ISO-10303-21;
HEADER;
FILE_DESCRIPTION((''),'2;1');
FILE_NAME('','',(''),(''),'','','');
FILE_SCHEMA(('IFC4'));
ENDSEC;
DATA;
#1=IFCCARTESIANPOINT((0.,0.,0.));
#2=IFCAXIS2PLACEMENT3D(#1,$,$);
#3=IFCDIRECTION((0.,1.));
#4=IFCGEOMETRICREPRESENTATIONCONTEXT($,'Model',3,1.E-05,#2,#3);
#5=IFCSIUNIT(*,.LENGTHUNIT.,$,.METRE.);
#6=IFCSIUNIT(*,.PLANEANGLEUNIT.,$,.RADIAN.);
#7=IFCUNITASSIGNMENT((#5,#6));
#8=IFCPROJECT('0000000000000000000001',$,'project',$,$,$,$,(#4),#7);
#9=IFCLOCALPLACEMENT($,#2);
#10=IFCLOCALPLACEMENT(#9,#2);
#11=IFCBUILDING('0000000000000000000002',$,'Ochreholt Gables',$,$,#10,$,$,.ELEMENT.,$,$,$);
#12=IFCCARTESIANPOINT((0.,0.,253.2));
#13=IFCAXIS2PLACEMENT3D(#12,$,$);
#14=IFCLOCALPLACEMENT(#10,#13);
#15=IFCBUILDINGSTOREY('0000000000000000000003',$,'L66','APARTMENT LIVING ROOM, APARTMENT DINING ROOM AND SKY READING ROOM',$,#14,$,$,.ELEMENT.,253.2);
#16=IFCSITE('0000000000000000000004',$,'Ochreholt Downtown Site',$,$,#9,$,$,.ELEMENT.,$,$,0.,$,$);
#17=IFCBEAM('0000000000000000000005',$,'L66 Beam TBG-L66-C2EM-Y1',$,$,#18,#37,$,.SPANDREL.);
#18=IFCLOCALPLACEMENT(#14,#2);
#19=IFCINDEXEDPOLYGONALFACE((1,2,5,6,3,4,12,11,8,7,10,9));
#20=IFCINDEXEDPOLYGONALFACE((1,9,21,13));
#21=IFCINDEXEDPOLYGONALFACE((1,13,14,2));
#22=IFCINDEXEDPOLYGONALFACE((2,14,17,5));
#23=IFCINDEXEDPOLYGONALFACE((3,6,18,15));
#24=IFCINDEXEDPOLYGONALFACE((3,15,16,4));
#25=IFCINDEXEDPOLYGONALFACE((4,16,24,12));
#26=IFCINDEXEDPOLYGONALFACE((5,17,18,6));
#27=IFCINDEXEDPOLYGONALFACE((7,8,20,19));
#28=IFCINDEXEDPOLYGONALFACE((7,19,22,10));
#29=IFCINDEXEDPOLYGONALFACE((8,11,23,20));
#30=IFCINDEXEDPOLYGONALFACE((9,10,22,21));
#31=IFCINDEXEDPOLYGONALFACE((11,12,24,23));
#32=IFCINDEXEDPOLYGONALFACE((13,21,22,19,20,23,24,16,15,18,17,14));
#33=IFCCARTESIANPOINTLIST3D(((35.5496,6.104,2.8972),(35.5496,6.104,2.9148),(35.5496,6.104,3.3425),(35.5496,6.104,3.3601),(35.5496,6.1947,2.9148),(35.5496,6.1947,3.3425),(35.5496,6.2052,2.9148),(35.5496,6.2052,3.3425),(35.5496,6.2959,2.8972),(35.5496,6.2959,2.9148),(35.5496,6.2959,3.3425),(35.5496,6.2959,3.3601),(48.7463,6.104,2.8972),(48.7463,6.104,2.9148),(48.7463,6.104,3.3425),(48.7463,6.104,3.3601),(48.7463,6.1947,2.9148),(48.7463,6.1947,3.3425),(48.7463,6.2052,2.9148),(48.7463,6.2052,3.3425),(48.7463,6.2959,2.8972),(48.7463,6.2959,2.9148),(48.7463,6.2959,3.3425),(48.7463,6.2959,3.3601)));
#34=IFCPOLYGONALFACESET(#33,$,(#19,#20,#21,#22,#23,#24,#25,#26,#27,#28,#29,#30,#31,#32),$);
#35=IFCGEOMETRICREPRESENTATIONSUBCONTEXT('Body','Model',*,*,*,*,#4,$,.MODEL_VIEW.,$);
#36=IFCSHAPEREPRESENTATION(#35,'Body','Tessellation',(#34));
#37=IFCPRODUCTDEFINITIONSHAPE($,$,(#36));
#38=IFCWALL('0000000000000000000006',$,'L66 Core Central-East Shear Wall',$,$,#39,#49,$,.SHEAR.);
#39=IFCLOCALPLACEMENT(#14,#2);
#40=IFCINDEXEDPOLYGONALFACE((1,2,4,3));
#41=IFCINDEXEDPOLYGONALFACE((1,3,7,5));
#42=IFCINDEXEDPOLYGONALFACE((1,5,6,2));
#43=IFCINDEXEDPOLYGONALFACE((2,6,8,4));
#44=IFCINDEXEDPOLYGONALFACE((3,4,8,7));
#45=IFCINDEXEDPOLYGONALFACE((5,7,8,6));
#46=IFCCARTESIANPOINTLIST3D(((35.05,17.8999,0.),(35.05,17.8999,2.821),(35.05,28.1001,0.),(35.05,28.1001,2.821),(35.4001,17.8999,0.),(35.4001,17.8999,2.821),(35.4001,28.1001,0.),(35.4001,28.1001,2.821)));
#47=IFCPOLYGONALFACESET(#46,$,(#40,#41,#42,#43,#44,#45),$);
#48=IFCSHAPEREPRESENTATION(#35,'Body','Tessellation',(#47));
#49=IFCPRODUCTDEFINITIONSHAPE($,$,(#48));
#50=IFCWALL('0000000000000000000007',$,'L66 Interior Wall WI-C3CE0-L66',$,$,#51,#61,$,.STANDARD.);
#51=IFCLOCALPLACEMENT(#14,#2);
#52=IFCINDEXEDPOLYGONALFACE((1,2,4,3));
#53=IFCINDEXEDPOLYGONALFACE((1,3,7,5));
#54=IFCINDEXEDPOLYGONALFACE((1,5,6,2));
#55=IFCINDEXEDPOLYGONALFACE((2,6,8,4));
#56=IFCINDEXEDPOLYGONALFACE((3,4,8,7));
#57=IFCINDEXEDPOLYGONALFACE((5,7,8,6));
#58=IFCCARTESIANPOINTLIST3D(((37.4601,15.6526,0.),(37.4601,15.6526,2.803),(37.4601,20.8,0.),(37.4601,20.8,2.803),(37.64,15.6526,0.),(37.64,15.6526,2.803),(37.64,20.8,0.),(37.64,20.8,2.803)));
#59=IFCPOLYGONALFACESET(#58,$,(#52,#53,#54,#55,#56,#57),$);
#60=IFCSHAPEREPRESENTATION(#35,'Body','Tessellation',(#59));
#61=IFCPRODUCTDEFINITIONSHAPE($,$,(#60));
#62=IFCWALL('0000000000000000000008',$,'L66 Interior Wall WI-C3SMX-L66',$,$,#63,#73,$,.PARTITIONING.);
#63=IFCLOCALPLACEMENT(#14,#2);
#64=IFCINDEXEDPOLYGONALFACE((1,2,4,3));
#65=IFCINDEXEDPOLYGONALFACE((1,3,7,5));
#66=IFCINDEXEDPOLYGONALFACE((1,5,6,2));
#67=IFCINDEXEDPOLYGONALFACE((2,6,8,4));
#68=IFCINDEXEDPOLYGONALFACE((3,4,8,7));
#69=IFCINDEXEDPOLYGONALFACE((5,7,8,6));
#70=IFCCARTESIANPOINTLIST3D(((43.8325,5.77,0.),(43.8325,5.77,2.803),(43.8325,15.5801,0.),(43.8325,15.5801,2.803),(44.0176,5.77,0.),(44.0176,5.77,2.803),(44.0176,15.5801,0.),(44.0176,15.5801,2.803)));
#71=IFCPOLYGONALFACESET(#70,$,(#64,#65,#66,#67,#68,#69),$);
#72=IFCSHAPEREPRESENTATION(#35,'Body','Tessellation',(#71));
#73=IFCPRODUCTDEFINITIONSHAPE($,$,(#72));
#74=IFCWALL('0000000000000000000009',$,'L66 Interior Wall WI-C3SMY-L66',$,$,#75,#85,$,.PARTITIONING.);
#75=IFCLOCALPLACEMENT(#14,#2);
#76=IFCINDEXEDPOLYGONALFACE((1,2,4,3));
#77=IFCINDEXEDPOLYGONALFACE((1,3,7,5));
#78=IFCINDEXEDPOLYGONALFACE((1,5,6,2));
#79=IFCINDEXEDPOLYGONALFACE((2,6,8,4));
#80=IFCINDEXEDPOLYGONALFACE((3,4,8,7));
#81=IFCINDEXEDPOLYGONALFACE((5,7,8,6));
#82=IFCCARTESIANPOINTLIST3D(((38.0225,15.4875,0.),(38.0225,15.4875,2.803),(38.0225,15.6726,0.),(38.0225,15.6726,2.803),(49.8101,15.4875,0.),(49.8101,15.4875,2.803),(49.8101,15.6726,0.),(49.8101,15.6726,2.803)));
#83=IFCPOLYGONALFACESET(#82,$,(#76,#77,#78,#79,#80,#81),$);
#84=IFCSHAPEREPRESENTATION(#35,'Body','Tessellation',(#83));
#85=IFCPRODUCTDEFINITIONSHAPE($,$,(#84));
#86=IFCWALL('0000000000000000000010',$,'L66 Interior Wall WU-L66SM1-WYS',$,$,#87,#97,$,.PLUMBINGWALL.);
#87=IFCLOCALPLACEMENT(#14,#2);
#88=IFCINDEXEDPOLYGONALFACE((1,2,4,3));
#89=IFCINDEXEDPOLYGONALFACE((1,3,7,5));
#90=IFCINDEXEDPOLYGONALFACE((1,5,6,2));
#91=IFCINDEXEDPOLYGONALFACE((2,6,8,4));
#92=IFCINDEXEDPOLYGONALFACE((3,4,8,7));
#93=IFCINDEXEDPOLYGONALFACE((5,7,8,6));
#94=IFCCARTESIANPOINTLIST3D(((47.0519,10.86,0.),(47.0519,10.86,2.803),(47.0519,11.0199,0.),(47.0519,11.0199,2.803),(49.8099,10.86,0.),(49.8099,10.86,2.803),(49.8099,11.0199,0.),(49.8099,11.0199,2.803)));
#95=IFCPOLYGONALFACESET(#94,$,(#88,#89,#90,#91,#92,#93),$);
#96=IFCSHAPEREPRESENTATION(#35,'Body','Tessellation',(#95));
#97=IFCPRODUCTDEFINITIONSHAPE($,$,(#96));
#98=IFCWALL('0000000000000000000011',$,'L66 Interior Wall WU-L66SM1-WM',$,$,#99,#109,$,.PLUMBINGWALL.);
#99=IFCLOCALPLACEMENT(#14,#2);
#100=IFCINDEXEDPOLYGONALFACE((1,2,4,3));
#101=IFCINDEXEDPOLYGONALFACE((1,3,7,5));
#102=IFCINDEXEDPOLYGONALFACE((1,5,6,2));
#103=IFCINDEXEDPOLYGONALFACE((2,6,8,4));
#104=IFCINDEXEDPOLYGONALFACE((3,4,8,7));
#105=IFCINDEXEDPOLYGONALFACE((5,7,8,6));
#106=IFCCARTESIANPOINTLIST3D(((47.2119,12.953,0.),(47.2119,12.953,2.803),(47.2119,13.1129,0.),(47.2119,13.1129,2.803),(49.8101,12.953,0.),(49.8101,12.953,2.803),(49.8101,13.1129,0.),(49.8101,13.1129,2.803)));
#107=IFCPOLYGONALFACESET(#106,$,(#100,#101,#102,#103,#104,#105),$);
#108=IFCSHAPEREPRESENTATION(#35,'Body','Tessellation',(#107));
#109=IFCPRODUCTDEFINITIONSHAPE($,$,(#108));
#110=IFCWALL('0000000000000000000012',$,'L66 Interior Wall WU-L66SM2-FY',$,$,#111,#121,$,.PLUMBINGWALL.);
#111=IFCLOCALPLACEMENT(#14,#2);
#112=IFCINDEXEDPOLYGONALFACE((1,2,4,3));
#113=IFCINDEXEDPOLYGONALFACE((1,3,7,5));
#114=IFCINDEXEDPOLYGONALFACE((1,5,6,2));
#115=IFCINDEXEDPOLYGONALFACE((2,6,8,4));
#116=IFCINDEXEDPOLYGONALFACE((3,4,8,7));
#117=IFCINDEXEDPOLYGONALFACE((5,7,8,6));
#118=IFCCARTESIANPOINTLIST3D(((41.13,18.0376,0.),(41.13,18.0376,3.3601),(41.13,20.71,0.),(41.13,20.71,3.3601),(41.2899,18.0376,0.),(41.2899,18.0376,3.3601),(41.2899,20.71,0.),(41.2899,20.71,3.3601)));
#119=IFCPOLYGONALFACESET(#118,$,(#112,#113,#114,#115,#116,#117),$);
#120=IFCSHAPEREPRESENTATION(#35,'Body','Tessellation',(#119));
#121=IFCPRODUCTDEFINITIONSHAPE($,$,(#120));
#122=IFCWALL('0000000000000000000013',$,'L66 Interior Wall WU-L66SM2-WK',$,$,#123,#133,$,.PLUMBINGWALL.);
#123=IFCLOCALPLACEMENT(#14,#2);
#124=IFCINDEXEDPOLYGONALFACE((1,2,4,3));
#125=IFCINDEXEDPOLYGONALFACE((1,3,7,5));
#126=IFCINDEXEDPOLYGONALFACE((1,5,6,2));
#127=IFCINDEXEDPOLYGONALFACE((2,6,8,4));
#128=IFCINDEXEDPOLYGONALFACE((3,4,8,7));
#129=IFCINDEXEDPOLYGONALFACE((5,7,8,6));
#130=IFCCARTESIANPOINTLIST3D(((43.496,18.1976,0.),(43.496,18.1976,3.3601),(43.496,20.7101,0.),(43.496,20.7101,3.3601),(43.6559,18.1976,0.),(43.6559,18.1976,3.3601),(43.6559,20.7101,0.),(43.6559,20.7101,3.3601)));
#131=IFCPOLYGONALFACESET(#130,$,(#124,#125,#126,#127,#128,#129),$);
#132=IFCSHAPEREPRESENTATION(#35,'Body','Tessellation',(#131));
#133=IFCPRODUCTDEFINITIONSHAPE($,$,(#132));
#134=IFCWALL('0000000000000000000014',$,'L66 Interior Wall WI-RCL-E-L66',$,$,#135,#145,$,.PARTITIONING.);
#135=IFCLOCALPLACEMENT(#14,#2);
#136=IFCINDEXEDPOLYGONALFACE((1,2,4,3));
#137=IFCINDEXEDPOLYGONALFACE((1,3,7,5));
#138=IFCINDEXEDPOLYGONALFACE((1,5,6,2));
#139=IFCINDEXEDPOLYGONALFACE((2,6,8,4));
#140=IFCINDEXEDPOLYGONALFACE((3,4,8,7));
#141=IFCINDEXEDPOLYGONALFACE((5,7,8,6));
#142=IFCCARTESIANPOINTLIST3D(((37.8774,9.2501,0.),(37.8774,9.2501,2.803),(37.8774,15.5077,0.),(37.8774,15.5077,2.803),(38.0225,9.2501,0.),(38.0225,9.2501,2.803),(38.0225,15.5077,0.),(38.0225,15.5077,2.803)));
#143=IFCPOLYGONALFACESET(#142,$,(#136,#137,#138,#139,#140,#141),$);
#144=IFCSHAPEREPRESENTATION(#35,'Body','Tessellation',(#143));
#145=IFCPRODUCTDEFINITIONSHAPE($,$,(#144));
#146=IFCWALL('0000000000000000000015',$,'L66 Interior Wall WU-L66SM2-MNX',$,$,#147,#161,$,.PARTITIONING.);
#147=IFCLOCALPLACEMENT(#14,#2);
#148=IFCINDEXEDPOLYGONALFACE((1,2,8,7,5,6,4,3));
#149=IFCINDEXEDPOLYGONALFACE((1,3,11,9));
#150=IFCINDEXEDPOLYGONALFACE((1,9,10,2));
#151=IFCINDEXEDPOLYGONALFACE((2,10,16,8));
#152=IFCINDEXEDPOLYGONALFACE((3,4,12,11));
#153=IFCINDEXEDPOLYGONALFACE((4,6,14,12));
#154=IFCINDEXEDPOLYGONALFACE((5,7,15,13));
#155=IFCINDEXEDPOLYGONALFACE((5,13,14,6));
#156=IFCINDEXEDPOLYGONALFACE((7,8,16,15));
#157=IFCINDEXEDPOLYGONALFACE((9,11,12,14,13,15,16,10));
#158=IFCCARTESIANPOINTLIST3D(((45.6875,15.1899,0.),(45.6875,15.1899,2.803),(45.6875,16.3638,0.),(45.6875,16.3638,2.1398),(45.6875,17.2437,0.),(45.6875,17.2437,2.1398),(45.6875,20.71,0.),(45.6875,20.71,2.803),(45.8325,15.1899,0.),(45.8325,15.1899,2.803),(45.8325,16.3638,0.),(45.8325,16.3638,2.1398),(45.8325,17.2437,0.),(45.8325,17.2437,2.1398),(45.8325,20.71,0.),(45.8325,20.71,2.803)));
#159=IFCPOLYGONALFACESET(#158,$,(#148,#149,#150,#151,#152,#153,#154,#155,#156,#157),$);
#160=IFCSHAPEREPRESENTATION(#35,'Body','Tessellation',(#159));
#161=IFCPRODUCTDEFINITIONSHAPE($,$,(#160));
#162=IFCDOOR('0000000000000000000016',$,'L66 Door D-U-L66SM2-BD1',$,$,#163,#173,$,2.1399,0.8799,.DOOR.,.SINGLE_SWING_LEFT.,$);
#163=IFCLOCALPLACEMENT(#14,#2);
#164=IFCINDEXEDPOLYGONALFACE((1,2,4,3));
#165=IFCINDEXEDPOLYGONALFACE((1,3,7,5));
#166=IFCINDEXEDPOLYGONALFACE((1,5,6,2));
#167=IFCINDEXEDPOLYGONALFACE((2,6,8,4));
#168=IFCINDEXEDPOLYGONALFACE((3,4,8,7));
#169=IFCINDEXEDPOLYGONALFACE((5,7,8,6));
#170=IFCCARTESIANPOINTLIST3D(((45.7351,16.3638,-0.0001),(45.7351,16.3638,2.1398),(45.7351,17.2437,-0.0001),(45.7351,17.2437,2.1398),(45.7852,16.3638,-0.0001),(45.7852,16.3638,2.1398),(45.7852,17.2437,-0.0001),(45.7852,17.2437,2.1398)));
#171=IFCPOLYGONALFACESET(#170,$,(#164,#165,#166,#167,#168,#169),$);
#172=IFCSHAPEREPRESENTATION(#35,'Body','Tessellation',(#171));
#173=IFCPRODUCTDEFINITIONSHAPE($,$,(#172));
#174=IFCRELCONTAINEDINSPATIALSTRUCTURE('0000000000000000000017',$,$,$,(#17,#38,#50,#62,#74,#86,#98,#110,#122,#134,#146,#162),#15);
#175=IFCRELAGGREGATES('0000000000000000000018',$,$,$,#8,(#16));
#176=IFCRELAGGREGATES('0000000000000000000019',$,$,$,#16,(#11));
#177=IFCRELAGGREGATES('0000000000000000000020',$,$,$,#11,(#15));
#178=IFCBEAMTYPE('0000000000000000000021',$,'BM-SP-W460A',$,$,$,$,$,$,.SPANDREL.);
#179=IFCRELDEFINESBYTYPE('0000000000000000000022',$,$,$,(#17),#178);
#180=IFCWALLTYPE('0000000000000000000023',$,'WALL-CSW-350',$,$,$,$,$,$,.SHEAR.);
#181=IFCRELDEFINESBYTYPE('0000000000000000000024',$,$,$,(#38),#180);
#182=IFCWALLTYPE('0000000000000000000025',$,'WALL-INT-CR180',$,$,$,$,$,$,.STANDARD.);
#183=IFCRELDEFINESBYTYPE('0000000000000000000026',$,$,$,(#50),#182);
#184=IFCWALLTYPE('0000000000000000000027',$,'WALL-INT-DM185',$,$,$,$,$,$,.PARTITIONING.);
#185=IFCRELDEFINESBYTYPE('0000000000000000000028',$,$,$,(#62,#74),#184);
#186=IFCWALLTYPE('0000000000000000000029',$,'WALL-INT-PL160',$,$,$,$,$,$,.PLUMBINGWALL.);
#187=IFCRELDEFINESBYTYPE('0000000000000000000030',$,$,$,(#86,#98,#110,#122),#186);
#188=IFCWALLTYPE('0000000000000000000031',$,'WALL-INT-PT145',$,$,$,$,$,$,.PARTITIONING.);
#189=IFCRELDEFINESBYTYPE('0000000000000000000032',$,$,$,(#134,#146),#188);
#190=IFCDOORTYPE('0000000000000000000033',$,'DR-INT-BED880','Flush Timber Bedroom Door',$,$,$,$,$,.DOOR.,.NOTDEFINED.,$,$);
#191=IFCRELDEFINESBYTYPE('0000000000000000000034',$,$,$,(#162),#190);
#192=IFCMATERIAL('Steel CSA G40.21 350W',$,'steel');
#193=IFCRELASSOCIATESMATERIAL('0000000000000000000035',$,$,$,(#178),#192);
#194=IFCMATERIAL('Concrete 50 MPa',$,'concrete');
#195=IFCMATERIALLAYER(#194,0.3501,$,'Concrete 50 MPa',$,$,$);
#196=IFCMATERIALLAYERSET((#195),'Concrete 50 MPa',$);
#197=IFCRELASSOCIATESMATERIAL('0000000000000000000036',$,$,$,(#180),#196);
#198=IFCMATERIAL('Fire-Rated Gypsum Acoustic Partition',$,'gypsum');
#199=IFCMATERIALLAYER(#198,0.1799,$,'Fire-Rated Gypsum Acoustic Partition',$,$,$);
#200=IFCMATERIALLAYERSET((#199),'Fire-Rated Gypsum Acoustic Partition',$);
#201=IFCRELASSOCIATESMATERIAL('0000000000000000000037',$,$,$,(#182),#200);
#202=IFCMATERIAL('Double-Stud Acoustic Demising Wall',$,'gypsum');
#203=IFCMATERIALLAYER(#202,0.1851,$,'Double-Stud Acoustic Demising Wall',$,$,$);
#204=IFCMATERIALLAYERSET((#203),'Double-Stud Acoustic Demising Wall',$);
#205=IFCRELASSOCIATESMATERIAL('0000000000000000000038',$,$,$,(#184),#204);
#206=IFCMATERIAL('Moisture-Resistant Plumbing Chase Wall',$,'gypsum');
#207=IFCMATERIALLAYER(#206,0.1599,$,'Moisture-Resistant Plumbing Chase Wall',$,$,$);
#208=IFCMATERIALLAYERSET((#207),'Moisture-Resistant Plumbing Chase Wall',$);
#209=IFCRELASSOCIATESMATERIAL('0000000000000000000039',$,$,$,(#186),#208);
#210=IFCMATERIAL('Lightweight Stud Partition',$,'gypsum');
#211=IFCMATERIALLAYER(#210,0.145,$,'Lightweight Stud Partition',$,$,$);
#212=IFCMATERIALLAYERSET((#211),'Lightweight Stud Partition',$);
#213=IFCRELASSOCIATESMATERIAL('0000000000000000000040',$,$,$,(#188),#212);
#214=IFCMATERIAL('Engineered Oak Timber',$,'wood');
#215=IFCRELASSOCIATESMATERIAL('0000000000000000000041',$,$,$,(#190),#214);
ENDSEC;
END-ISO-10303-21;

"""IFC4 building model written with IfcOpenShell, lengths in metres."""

from ifc_helpers import new_model, si_unit, direction, frame, frame_2d, origin, origin_2d, place, context, subcontext, project, spatial, rectangle, i_section, extrude, material, layer, layer_set, material_profile, profile_set, type_object, element, fill, save


model = new_model("IFC4")

# Units and contexts
model_context = context("Model", 3, precision=1e-05, world=origin(), true_north=direction((0.0, 1.0)))
body_context = subcontext(model_context, "Body", "Model", "MODEL_VIEW")
ifc_project = project(units=[si_unit("LENGTHUNIT", "METRE"), si_unit("PLANEANGLEUNIT", "RADIAN")], contexts=[model_context])

# Site, building, storey
site_placement = place(None, origin())
site = spatial("IfcSite", under=ifc_project, at=site_placement, Name="Ochreholt Downtown Site", CompositionType="ELEMENT", RefElevation=0.0)
building_placement = place(site_placement, origin())
building = spatial("IfcBuilding", under=site, at=building_placement, Name="Ochreholt Gables", CompositionType="ELEMENT")
storey_placement = place(building_placement, frame((0.0, 0.0, 253.2)))
storey = spatial("IfcBuildingStorey", under=building, at=storey_placement, Name="L66", Description="APARTMENT LIVING ROOM, APARTMENT DINING ROOM AND SKY READING ROOM", CompositionType="ELEMENT", Elevation=253.2)

# Shared definitions
ifc_material_1 = material(Name="Steel CSA G40.21 350W", Category="steel")

# Beam
ifc_material_profile_1 = material_profile(ifc_material_1, i_section(OverallWidth=0.1919, OverallDepth=0.4629, WebThickness=0.0105, FlangeThickness=0.0176, at=origin_2d()), Name="W460X89")
ifc_profile_set_1 = profile_set([ifc_material_profile_1], Name="Steel CSA G40.21 350W")
beam_type_1 = type_object("IfcBeamType", Name="BM-SP-W460A", PredefinedType="SPANDREL", material=ifc_profile_set_1)
beam_1_placement = place(storey_placement, frame((35.5496, 6.2, 3.1287), z_axis=(1.0, 0.0, 0.0), x_axis=(0.0, 1.0, 0.0)))
element("IfcBeam", 1, at=beam_1_placement, inside=storey, type_object=beam_type_1, Name="L66 Beam TBG-L66-C2EM-Y1", PredefinedType="SPANDREL", context=body_context, shape_type="SweptSolid", body=[
    extrude(i_section(OverallWidth=0.1919, OverallDepth=0.4629, WebThickness=0.0105, FlangeThickness=0.0176, at=origin_2d()), origin(), (0.0, 0.0, 1.0), 13.1968),
])

# Walls
ifc_material_2 = material(Name="Concrete 50 MPa", Category="concrete")
ifc_layer_1 = layer(ifc_material_2, 0.3501, Name="Concrete 50 MPa")
ifc_layer_set_1 = layer_set([ifc_layer_1], Name="Concrete 50 MPa")
wall_type_1 = type_object("IfcWallType", Name="WALL-CSW-350", PredefinedType="SHEAR", material=ifc_layer_set_1)
wall_1_placement = place(storey_placement, frame((35.2251, 17.8999, 0.0), z_axis=(0.0, 0.0, 1.0), x_axis=(0.0, 1.0, 0.0)))
element("IfcWall", 2, at=wall_1_placement, inside=storey, type_object=wall_type_1, Name="L66 Core Central-East Shear Wall", PredefinedType="SHEAR", context=body_context, shape_type="SweptSolid", body=[
    extrude(rectangle(XDim=10.2002, YDim=0.3501, at=frame_2d((5.1001, 0.0))), origin(), (0.0, 0.0, 1.0), 2.821),
])
ifc_material_3 = material(Name="Fire-Rated Gypsum Acoustic Partition", Category="gypsum")
ifc_layer_2 = layer(ifc_material_3, 0.1799, Name="Fire-Rated Gypsum Acoustic Partition")
ifc_layer_set_2 = layer_set([ifc_layer_2], Name="Fire-Rated Gypsum Acoustic Partition")
wall_type_2 = type_object("IfcWallType", Name="WALL-INT-CR180", PredefinedType="STANDARD", material=ifc_layer_set_2)
wall_2_placement = place(storey_placement, frame((37.55, 15.6526, 0.0), z_axis=(0.0, 0.0, 1.0), x_axis=(0.0, 1.0, 0.0)))
element("IfcWall", 3, at=wall_2_placement, inside=storey, type_object=wall_type_2, Name="L66 Interior Wall WI-C3CE0-L66", PredefinedType="STANDARD", context=body_context, shape_type="SweptSolid", body=[
    extrude(rectangle(XDim=5.1475, YDim=0.1799, at=frame_2d((2.5737, 0.0))), origin(), (0.0, 0.0, 1.0), 2.803),
])
ifc_material_4 = material(Name="Double-Stud Acoustic Demising Wall", Category="gypsum")
ifc_layer_3 = layer(ifc_material_4, 0.1851, Name="Double-Stud Acoustic Demising Wall")
ifc_layer_set_3 = layer_set([ifc_layer_3], Name="Double-Stud Acoustic Demising Wall")
wall_type_3 = type_object("IfcWallType", Name="WALL-INT-DM185", PredefinedType="PARTITIONING", material=ifc_layer_set_3)
wall_3_placement = place(storey_placement, frame((43.925, 5.77, 0.0), z_axis=(0.0, 0.0, 1.0), x_axis=(0.0, 1.0, 0.0)))
element("IfcWall", 4, at=wall_3_placement, inside=storey, type_object=wall_type_3, Name="L66 Interior Wall WI-C3SMX-L66", PredefinedType="PARTITIONING", context=body_context, shape_type="SweptSolid", body=[
    extrude(rectangle(XDim=9.8101, YDim=0.1851, at=frame_2d((4.905, 0.0))), origin(), (0.0, 0.0, 1.0), 2.803),
])
wall_4_placement = place(storey_placement, frame((38.0225, 15.5801, 0.0), z_axis=(0.0, 0.0, 1.0), x_axis=(1.0, 0.0, 0.0)))
element("IfcWall", 5, at=wall_4_placement, inside=storey, type_object=wall_type_3, Name="L66 Interior Wall WI-C3SMY-L66", PredefinedType="PARTITIONING", context=body_context, shape_type="SweptSolid", body=[
    extrude(rectangle(XDim=11.7876, YDim=0.1851, at=frame_2d((5.8938, 0.0))), origin(), (0.0, 0.0, 1.0), 2.803),
])
ifc_material_5 = material(Name="Moisture-Resistant Plumbing Chase Wall", Category="gypsum")
ifc_layer_4 = layer(ifc_material_5, 0.1599, Name="Moisture-Resistant Plumbing Chase Wall")
ifc_layer_set_4 = layer_set([ifc_layer_4], Name="Moisture-Resistant Plumbing Chase Wall")
wall_type_4 = type_object("IfcWallType", Name="WALL-INT-PL160", PredefinedType="PLUMBINGWALL", material=ifc_layer_set_4)
wall_5_placement = place(storey_placement, frame((47.052, 10.9399, 0.0), z_axis=(0.0, 0.0, 1.0), x_axis=(1.0, 0.0, 0.0)))
element("IfcWall", 6, at=wall_5_placement, inside=storey, type_object=wall_type_4, Name="L66 Interior Wall WU-L66SM1-WYS", PredefinedType="PLUMBINGWALL", context=body_context, shape_type="SweptSolid", body=[
    extrude(rectangle(XDim=2.7581, YDim=0.1599, at=frame_2d((1.3789, 0.0))), origin(), (0.0, 0.0, 1.0), 2.803),
])

# Shared definitions
ifc_material_6 = material(Name="Engineered Oak Timber", Category="wood")

# Wall
wall_6_placement = place(storey_placement, frame((47.2119, 13.033, 0.0), z_axis=(0.0, 0.0, 1.0), x_axis=(1.0, 0.0, 0.0)))
element("IfcWall", 7, at=wall_6_placement, inside=storey, type_object=wall_type_4, Name="L66 Interior Wall WU-L66SM1-WM", PredefinedType="PLUMBINGWALL", context=body_context, shape_type="SweptSolid", body=[
    extrude(rectangle(XDim=2.5981, YDim=0.1599, at=frame_2d((1.2991, 0.0))), origin(), (0.0, 0.0, 1.0), 2.803),
])

# Walls
wall_7_placement = place(storey_placement, frame((41.21, 18.0376, 0.0), z_axis=(0.0, 0.0, 1.0), x_axis=(0.0, 1.0, 0.0)))
element("IfcWall", 8, at=wall_7_placement, inside=storey, type_object=wall_type_4, Name="L66 Interior Wall WU-L66SM2-FY", PredefinedType="PLUMBINGWALL", context=body_context, shape_type="SweptSolid", body=[
    extrude(rectangle(XDim=2.6724, YDim=0.1599, at=frame_2d((1.3362, 0.0))), origin(), (0.0, 0.0, 1.0), 3.3601),
])
wall_8_placement = place(storey_placement, frame((43.5759, 18.1975, 0.0), z_axis=(0.0, 0.0, 1.0), x_axis=(0.0, 1.0, 0.0)))
element("IfcWall", 9, at=wall_8_placement, inside=storey, type_object=wall_type_4, Name="L66 Interior Wall WU-L66SM2-WK", PredefinedType="PLUMBINGWALL", context=body_context, shape_type="SweptSolid", body=[
    extrude(rectangle(XDim=2.5125, YDim=0.1599, at=frame_2d((1.2563, 0.0))), origin(), (0.0, 0.0, 1.0), 3.3601),
])
ifc_material_7 = material(Name="Lightweight Stud Partition", Category="gypsum")
ifc_layer_5 = layer(ifc_material_7, 0.145, Name="Lightweight Stud Partition")
ifc_layer_set_5 = layer_set([ifc_layer_5], Name="Lightweight Stud Partition")
wall_type_5 = type_object("IfcWallType", Name="WALL-INT-PT145", PredefinedType="PARTITIONING", material=ifc_layer_set_5)
wall_9_placement = place(storey_placement, frame((37.95, 9.25, 0.0), z_axis=(0.0, 0.0, 1.0), x_axis=(0.0, 1.0, 0.0)))
element("IfcWall", 10, at=wall_9_placement, inside=storey, type_object=wall_type_5, Name="L66 Interior Wall WI-RCL-E-L66", PredefinedType="PARTITIONING", context=body_context, shape_type="SweptSolid", body=[
    extrude(rectangle(XDim=6.2576, YDim=0.145, at=frame_2d((3.1289, 0.0))), origin(), (0.0, 0.0, 1.0), 2.803),
])

# Wall, opening, door
wall_10_placement = place(storey_placement, frame((45.76, 15.1899, 0.0), z_axis=(0.0, 0.0, 1.0), x_axis=(0.0, 1.0, 0.0)))
wall_10 = element("IfcWall", 11, at=wall_10_placement, inside=storey, type_object=wall_type_5, Name="L66 Interior Wall WU-L66SM2-MNX", PredefinedType="PARTITIONING", context=body_context, shape_type="SweptSolid", body=[
    extrude(rectangle(XDim=5.52, YDim=0.145, at=frame_2d((2.76, 0.0))), origin(), (0.0, 0.0, 1.0), 2.803),
])
opening_1_placement = place(wall_10_placement, frame((1.1738, 0.0, 0.0)))
opening_1 = element("IfcOpeningElement", 12, at=opening_1_placement, cuts=wall_10, PredefinedType="OPENING", context=body_context, shape_type="SweptSolid", body=[
    extrude(rectangle(XDim=0.8799, YDim=2.1399, at=frame_2d((0.4399, 1.0698))), frame((0.0, 0.0825, 0.0), z_axis=(0.0, -1.0, 0.0), x_axis=(1.0, 0.0, 0.0)), (0.0, 0.0, 1.0), 0.165),
])
door_type_1 = type_object("IfcDoorType", Name="DR-INT-BED880", Description="Flush Timber Bedroom Door", OperationType="NOTDEFINED", PredefinedType="DOOR", material=ifc_material_6)
door_1_placement = place(opening_1_placement, origin())
door_1 = element("IfcDoor", 13, at=door_1_placement, inside=storey, type_object=door_type_1, Name="L66 Door D-U-L66SM2-BD1", OperationType="SINGLE_SWING_LEFT", OverallHeight=2.1399, OverallWidth=0.8799, PredefinedType="DOOR", context=body_context, shape_type="SweptSolid", body=[
    extrude(rectangle(XDim=0.8799, YDim=2.1399, at=frame_2d((0.4399, 1.0698))), frame((0.0, 0.0249, 0.0), z_axis=(0.0, -1.0, 0.0), x_axis=(1.0, 0.0, 0.0)), (0.0, 0.0, 1.0), 0.05),
])
fill(opening_1, door_1)

save(model, "model.ifc")
